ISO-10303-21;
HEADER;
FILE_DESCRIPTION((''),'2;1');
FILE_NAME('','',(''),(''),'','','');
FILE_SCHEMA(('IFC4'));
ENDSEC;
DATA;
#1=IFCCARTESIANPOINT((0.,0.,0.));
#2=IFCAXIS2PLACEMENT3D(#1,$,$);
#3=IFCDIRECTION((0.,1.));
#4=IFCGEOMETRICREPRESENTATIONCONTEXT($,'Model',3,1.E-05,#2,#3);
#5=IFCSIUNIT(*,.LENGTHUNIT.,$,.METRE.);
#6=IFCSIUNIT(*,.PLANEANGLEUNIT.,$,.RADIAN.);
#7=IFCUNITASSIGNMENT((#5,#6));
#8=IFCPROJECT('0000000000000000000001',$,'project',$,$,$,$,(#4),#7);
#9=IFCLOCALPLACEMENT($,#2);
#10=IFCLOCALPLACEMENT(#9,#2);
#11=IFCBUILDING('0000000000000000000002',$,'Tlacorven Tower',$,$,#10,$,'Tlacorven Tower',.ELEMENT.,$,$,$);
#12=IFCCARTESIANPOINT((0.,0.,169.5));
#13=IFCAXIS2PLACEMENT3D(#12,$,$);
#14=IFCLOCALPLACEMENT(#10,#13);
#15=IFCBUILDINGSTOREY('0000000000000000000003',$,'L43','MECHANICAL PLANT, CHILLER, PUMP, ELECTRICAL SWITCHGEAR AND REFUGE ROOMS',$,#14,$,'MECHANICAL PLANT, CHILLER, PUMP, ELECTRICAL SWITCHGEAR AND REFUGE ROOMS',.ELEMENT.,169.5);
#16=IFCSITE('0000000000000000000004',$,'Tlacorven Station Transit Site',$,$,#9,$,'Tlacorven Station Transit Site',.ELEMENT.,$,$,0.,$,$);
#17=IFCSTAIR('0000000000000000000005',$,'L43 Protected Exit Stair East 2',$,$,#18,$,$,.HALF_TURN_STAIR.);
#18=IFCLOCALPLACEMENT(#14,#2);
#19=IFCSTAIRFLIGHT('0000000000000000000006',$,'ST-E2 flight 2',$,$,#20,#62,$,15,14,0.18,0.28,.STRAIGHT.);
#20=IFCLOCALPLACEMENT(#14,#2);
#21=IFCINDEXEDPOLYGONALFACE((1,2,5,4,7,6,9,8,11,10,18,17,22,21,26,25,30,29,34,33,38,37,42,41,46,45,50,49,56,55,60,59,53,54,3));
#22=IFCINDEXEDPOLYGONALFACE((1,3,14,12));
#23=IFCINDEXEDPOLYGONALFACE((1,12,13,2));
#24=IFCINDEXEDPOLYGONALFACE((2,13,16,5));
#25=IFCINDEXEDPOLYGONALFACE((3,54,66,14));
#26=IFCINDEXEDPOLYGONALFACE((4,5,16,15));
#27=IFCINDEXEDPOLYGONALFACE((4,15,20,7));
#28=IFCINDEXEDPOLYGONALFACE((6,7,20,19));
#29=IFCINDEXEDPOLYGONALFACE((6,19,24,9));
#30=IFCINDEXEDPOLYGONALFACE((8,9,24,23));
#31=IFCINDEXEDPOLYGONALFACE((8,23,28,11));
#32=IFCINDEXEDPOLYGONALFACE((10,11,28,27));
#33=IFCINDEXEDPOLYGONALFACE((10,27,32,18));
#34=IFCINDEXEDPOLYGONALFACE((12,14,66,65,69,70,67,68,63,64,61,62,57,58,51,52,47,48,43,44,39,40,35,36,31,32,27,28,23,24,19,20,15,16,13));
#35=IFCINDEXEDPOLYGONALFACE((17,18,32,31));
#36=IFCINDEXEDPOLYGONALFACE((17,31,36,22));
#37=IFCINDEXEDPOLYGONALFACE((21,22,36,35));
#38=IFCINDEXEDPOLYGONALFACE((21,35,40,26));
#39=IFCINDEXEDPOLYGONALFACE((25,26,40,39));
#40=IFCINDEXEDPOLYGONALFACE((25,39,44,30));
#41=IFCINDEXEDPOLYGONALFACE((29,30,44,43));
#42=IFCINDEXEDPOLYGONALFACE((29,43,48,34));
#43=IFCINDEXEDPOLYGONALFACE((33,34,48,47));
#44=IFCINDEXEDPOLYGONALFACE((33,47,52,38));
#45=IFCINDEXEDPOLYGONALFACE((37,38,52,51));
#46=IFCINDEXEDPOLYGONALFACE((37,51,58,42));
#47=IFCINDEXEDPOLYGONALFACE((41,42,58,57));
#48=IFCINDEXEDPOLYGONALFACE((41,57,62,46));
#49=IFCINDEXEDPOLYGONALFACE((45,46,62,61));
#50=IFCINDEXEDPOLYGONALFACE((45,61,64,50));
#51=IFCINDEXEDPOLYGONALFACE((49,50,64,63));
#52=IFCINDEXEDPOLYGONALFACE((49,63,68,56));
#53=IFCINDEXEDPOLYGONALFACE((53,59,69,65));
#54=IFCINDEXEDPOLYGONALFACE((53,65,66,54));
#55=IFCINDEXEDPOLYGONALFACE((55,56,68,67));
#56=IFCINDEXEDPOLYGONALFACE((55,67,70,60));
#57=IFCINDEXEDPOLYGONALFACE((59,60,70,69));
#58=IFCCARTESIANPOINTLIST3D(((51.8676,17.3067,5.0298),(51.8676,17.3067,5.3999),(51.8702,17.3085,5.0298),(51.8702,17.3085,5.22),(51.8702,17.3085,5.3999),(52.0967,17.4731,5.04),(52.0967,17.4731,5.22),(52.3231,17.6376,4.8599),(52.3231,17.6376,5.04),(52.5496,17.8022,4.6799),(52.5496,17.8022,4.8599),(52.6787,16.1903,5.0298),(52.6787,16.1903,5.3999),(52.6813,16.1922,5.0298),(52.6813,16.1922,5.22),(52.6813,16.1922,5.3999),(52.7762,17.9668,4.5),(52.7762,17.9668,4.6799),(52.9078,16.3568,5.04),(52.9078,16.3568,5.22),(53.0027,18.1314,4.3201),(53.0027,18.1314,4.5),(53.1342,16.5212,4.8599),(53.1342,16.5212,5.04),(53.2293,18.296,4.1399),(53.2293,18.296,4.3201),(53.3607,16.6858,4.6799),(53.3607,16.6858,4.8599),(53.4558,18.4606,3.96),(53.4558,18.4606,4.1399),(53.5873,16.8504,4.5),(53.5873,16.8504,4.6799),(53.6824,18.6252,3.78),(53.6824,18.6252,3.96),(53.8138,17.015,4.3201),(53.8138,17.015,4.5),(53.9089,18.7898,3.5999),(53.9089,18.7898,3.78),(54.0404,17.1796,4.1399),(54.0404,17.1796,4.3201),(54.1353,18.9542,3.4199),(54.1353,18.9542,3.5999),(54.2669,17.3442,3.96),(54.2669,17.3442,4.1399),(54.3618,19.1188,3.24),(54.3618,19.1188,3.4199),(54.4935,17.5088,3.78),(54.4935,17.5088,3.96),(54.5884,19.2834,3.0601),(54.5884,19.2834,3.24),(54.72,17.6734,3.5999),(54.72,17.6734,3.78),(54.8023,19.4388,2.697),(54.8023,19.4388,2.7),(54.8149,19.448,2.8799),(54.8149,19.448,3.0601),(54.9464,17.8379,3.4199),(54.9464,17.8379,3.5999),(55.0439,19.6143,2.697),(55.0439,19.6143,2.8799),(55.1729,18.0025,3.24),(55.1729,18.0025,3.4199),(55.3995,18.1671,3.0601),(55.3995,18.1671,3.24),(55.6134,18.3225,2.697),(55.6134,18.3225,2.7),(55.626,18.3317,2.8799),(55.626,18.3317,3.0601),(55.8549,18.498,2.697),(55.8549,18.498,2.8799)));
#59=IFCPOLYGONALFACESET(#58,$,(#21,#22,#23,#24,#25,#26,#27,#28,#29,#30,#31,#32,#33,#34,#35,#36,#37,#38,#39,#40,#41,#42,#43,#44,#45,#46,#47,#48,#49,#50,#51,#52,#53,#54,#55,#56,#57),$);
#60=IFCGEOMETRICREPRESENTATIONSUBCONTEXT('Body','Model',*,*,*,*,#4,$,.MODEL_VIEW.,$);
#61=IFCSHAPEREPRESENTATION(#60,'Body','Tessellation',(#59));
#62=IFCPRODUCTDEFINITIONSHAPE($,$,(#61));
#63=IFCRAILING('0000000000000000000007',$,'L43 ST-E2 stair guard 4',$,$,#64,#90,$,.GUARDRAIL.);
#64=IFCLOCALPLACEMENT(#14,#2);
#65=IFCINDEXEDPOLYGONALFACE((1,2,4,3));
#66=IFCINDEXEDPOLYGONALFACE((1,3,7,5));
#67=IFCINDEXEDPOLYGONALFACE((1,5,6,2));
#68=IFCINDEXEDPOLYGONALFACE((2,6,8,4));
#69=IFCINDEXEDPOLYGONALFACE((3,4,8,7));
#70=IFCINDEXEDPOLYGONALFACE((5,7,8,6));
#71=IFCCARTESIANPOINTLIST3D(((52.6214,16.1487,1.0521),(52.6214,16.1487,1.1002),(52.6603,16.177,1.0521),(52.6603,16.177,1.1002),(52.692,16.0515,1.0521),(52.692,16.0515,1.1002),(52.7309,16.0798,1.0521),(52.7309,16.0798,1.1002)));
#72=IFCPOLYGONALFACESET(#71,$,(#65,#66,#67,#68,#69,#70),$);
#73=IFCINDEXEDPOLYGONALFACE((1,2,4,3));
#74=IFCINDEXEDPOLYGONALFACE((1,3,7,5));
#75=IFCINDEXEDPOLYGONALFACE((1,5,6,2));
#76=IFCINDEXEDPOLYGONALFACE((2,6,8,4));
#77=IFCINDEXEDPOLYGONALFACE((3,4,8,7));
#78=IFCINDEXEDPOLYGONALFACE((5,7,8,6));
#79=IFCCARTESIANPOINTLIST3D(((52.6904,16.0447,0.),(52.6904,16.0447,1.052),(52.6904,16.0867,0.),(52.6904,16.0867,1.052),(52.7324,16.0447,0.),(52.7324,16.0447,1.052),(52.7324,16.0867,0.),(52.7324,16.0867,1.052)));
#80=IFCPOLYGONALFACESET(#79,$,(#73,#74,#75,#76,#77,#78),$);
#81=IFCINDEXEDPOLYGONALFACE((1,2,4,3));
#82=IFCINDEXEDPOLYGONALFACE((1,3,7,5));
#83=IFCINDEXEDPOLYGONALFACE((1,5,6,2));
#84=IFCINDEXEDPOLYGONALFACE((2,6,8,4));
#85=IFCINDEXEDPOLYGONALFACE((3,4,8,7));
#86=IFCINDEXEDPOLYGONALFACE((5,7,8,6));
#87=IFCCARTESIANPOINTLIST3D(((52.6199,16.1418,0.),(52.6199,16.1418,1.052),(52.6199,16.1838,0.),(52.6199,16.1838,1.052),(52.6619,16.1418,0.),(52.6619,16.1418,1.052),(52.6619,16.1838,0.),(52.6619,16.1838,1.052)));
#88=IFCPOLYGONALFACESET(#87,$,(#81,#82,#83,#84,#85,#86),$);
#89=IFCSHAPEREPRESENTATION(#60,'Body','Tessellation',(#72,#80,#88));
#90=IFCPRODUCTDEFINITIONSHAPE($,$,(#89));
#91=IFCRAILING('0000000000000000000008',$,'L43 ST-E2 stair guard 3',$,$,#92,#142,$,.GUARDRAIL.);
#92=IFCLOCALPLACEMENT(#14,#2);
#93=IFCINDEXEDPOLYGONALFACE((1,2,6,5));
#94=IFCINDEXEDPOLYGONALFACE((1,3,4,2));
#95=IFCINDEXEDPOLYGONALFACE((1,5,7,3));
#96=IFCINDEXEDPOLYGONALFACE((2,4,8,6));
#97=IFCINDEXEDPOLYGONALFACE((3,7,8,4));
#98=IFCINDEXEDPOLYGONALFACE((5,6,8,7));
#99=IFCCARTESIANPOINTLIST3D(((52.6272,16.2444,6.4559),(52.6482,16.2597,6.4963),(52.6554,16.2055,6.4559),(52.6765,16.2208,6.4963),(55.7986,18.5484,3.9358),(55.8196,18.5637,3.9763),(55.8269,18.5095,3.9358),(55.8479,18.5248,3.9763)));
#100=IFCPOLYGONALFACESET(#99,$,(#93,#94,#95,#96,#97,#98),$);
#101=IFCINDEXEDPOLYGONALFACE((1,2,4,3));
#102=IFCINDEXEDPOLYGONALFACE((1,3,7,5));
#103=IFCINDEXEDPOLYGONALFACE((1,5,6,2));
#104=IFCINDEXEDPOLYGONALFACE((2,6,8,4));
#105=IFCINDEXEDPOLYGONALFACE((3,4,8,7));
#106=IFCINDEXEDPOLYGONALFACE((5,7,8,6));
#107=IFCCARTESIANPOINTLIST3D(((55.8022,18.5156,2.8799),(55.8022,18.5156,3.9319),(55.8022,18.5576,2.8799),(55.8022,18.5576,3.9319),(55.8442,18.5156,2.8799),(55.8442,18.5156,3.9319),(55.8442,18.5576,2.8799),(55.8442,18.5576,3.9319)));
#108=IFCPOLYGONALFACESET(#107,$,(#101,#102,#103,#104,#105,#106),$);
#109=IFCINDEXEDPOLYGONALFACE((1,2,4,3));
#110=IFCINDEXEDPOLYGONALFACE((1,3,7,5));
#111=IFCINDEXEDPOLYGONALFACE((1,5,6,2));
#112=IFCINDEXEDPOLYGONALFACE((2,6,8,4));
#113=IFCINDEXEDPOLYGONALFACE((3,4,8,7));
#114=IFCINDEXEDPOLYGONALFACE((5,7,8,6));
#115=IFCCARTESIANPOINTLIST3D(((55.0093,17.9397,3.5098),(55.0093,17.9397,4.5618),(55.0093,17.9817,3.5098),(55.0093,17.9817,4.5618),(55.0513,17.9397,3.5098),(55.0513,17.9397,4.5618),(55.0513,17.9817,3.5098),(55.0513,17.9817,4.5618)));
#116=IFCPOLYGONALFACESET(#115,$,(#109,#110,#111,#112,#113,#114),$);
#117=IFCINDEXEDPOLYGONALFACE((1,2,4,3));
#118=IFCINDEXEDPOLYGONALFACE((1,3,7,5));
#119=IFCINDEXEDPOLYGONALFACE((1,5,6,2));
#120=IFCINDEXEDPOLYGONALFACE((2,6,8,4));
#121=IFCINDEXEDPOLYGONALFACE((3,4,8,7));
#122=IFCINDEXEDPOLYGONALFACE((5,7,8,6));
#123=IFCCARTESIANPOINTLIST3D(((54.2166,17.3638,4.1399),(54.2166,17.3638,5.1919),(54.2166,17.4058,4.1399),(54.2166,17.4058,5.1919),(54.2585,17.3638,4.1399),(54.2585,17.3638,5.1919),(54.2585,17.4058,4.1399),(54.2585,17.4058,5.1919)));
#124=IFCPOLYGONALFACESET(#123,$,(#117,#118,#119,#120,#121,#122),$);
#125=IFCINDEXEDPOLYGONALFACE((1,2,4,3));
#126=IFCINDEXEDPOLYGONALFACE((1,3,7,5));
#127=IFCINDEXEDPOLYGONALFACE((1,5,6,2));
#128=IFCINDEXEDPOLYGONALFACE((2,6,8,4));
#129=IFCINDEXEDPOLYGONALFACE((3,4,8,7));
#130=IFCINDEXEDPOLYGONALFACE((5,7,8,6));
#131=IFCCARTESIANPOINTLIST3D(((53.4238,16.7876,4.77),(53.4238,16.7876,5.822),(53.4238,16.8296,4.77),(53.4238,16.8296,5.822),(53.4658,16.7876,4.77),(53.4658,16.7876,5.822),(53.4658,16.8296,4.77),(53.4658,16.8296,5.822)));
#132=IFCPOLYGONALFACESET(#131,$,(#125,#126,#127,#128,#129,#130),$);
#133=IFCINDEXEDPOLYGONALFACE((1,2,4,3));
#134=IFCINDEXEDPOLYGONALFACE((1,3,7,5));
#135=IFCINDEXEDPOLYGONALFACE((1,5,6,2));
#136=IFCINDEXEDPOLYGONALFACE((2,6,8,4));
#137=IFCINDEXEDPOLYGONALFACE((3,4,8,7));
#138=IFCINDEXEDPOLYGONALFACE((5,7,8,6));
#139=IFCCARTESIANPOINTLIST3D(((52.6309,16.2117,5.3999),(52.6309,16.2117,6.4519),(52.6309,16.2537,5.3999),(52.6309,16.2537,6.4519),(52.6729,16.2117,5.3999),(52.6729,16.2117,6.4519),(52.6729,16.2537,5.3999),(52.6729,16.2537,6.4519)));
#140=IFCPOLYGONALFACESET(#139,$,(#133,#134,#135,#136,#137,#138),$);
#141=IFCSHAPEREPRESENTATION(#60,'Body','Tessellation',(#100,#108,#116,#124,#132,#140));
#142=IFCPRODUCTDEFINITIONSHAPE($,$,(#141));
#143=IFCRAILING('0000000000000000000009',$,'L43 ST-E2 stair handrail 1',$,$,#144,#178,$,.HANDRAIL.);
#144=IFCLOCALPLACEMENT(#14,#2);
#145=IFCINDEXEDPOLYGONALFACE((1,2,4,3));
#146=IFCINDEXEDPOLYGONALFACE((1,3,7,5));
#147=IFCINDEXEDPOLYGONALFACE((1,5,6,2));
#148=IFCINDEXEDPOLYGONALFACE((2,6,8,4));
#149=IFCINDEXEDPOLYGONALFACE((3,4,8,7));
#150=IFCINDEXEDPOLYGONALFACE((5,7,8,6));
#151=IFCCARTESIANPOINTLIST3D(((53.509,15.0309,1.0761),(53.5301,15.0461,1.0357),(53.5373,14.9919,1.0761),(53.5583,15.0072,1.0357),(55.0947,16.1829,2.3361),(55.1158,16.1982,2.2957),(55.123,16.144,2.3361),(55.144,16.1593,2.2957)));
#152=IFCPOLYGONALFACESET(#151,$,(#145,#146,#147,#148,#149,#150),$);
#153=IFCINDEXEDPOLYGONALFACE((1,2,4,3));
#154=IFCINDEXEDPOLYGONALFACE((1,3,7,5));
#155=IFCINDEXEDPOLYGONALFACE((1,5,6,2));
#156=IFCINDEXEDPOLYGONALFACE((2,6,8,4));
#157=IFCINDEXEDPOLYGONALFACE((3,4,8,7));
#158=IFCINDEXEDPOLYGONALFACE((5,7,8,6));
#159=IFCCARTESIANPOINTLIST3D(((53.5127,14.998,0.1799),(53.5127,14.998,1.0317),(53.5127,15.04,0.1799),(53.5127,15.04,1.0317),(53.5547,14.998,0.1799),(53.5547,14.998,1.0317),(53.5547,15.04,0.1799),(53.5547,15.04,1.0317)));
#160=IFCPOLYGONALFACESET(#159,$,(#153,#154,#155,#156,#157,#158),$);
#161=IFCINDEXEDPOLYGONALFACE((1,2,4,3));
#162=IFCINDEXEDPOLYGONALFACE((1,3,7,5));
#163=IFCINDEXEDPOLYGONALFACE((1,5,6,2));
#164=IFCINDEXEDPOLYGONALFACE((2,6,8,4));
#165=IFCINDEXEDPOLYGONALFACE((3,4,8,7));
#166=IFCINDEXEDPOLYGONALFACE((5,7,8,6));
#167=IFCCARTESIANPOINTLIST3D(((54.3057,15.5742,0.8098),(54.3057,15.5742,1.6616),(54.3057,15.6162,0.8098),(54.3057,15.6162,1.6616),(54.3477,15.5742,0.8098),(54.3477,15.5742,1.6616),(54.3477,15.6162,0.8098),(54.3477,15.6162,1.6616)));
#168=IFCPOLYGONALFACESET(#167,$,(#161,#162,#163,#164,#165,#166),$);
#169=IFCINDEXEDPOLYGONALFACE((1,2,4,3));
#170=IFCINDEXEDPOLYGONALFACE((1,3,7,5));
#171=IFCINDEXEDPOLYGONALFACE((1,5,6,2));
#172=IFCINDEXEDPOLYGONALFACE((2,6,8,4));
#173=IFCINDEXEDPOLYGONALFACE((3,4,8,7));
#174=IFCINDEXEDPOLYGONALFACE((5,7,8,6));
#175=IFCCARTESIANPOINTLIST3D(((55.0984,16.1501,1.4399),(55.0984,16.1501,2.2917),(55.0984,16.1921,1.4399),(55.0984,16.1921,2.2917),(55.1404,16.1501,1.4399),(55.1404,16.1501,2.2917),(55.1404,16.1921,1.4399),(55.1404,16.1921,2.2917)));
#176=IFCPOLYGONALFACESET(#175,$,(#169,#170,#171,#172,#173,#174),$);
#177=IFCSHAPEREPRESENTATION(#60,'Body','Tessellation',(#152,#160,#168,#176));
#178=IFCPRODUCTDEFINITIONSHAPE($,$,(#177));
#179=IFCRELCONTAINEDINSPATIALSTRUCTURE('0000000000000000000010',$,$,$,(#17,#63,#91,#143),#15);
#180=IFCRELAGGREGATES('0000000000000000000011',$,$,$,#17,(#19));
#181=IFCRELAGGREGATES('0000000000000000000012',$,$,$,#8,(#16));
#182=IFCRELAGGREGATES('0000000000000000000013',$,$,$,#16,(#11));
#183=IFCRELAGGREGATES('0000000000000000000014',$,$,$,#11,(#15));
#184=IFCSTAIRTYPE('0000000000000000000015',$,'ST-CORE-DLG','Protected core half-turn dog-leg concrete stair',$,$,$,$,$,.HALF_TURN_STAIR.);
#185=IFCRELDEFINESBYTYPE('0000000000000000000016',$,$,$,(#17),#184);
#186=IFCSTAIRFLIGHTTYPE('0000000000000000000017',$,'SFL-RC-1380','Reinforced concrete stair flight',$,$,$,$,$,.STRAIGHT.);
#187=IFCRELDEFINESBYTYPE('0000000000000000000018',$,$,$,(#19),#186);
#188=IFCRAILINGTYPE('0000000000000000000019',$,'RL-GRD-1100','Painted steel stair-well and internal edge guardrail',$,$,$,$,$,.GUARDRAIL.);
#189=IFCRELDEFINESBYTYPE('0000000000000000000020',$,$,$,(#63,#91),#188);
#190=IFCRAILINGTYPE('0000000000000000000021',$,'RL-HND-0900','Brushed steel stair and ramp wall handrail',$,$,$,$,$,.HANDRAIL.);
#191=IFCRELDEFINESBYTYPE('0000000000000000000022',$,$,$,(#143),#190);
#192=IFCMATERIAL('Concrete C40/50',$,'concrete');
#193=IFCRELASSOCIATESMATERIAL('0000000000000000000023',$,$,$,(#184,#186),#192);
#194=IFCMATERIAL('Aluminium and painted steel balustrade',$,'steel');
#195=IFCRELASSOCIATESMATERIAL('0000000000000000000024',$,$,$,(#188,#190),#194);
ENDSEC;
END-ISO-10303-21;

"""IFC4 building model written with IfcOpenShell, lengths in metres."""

from ifc_helpers import new_model, si_unit, direction, frame, origin, origin_2d, place, context, subcontext, project, spatial, polyline, rectangle, outline, extrude, source, transform, mapped, material, type_object, element, aggregate, save


model = new_model("IFC4")

# Units and contexts
model_context = context("Model", 3, precision=1e-05, world=origin(), true_north=direction((0.0, 1.0)))
body_context = subcontext(model_context, "Body", "Model", "MODEL_VIEW")
ifc_project = project(units=[si_unit("LENGTHUNIT", "METRE"), si_unit("PLANEANGLEUNIT", "RADIAN")], contexts=[model_context])

# Site, building, storey
site_placement = place(None, origin())
site = spatial("IfcSite", under=ifc_project, at=site_placement, Name="Tlacorven Station Transit Site", LongName="Tlacorven Station Transit Site", CompositionType="ELEMENT", RefElevation=0.0)
building_placement = place(site_placement, origin())
building = spatial("IfcBuilding", under=site, at=building_placement, Name="Tlacorven Tower", LongName="Tlacorven Tower", CompositionType="ELEMENT")
storey_placement = place(building_placement, frame((0.0, 0.0, 169.5)))
storey = spatial("IfcBuildingStorey", under=building, at=storey_placement, Name="L43", Description="MECHANICAL PLANT, CHILLER, PUMP, ELECTRICAL SWITCHGEAR AND REFUGE ROOMS", LongName="MECHANICAL PLANT, CHILLER, PUMP, ELECTRICAL SWITCHGEAR AND REFUGE ROOMS", CompositionType="ELEMENT", Elevation=169.5)

# Stair, stair flight
ifc_material_1 = material(Name="Concrete C40/50", Category="concrete")
stair_type = type_object("IfcStairType", Name="ST-CORE-DLG", Description="Protected core half-turn dog-leg concrete stair", PredefinedType="HALF_TURN_STAIR", material=ifc_material_1)
stair_placement = place(storey_placement, origin())
stair = element("IfcStair", 1, at=stair_placement, inside=storey, type_object=stair_type, Name="L43 Protected Exit Stair East 2", PredefinedType="HALF_TURN_STAIR")
stair_flight_type = type_object("IfcStairFlightType", Name="SFL-RC-1380", Description="Reinforced concrete stair flight", PredefinedType="STRAIGHT", material=ifc_material_1)
shared_shape_1 = source(origin(), body_context, "Body", "SweptSolid", [
    extrude(outline(polyline([(-0.0029, -0.0029), (-0.0029, 0.1799), (0.28, 0.1799), (0.28, 0.3601), (0.5601, 0.3601), (0.5601, 0.54), (0.8401, 0.54), (0.8401, 0.72), (1.1201, 0.72), (1.1201, 0.8999), (1.3999, 0.8999), (1.3999, 1.0801), (1.6799, 1.0801), (1.6799, 1.26), (1.96, 1.26), (1.96, 1.4399), (2.24, 1.4399), (2.24, 1.6201), (2.52, 1.6201), (2.52, 1.8), (2.8, 1.8), (2.8, 1.98), (3.0801, 1.98), (3.0801, 2.1599), (3.3601, 2.1599), (3.3601, 2.3401), (3.6399, 2.3401), (3.6399, 2.52), (3.9199, 2.52), (3.9199, 2.7), (3.9231, 2.7), (3.9231, 2.3298), (3.9199, 2.3298), (0.2957, 0.0), (0.2957, -0.0029), (-0.0029, -0.0029)])), frame((0.0, 0.6899, 0.0), z_axis=(0.0, -1.0, 0.0), x_axis=(1.0, 0.0, 0.0)), (0.0, 0.0, 1.0), 1.3799),
])
stair_flight_1_placement = place(storey_placement, frame((55.447, 19.0544, 2.7), z_axis=(0.0, 0.0, 1.0), x_axis=(-0.809017, -0.587785, 0.0)))
stair_flight_1 = element("IfcStairFlight", 2, at=stair_flight_1_placement, type_object=stair_flight_type, Name="ST-E2 flight 2", NumberOfRisers=15, NumberOfTreads=14, PredefinedType="STRAIGHT", RiserHeight=0.18, TreadLength=0.28, context=body_context, shape_type="MappedRepresentation", body=[
    mapped(shared_shape_1, transform((0.0, 0.0, 0.0), scale=1.0)),
])
aggregate(stair, [stair_flight_1])

# Railings
ifc_material_2 = material(Name="Aluminium and painted steel balustrade", Category="steel")
railing_type_1 = type_object("IfcRailingType", Name="RL-GRD-1100", Description="Painted steel stair-well and internal edge guardrail", PredefinedType="GUARDRAIL", material=ifc_material_2)
shared_shape_2 = source(origin(), body_context, "Body", "SweptSolid", [
    extrude(rectangle(XDim=0.0481, YDim=0.0481, at=origin_2d()), frame((0.0, 0.0, 1.0762), z_axis=(-0.587567, 0.809175, 0.0), x_axis=(-0.809175, -0.587567, 0.0)), (0.0, 0.0, 1.0), 0.1201),
    extrude(rectangle(XDim=0.042, YDim=0.042, at=origin_2d()), origin(), (0.0, 0.0, 1.0), 1.052),
    extrude(rectangle(XDim=0.042, YDim=0.042, at=origin_2d()), frame((-0.0706, 0.0972, 0.0)), (0.0, 0.0, 1.0), 1.052),
])
railing_1_placement = place(storey_placement, frame((52.7114, 16.0657, 0.0)))
element("IfcRailing", 3, at=railing_1_placement, inside=storey, type_object=railing_type_1, Name="L43 ST-E2 stair guard 4", PredefinedType="GUARDRAIL", context=body_context, shape_type="MappedRepresentation", body=[
    mapped(shared_shape_2, transform((0.0, 0.0, 0.0), scale=1.0)),
])
shared_shape_3 = source(origin(), body_context, "Body", "SweptSolid", [
    extrude(rectangle(XDim=0.0481, YDim=0.0481, at=origin_2d()), frame((0.0, 0.0, 1.0762), z_axis=(-0.680543, -0.494402, 0.540767), x_axis=(0.587753, -0.80904, 0.0)), (0.0, 0.0, 1.0), 4.6602),
    extrude(rectangle(XDim=0.042, YDim=0.042, at=origin_2d()), origin(), (0.0, 0.0, 1.0), 1.052),
    extrude(rectangle(XDim=0.042, YDim=0.042, at=origin_2d()), frame((-0.793, -0.5759, 0.6299)), (0.0, 0.0, 1.0), 1.052),
    extrude(rectangle(XDim=0.042, YDim=0.042, at=origin_2d()), frame((-1.5857, -1.1519, 1.26)), (0.0, 0.0, 1.0), 1.052),
    extrude(rectangle(XDim=0.042, YDim=0.042, at=origin_2d()), frame((-2.3784, -1.728, 1.8901)), (0.0, 0.0, 1.0), 1.052),
    extrude(rectangle(XDim=0.042, YDim=0.042, at=origin_2d()), frame((-3.1714, -2.304, 2.52)), (0.0, 0.0, 1.0), 1.052),
])
railing_2_placement = place(storey_placement, frame((55.8232, 18.5366, 2.8799)))
element("IfcRailing", 4, at=railing_2_placement, inside=storey, type_object=railing_type_1, Name="L43 ST-E2 stair guard 3", PredefinedType="GUARDRAIL", context=body_context, shape_type="MappedRepresentation", body=[
    mapped(shared_shape_3, transform((0.0, 0.0, 0.0), scale=1.0)),
])
railing_type_2 = type_object("IfcRailingType", Name="RL-HND-0900", Description="Brushed steel stair and ramp wall handrail", PredefinedType="HANDRAIL", material=ifc_material_2)
shared_shape_4 = source(origin(), body_context, "Body", "SweptSolid", [
    extrude(rectangle(XDim=0.0481, YDim=0.0481, at=origin_2d()), frame((0.0, 0.0, 0.876), z_axis=(0.680525, 0.494441, 0.540753), x_axis=(-0.587794, 0.809011, 0.0)), (0.0, 0.0, 1.0), 2.3301),
    extrude(rectangle(XDim=0.042, YDim=0.042, at=origin_2d()), origin(), (0.0, 0.0, 1.0), 0.8518),
    extrude(rectangle(XDim=0.042, YDim=0.042, at=origin_2d()), frame((0.793, 0.5762, 0.6299)), (0.0, 0.0, 1.0), 0.8518),
    extrude(rectangle(XDim=0.042, YDim=0.042, at=origin_2d()), frame((1.5857, 1.1521, 1.26)), (0.0, 0.0, 1.0), 0.8518),
])
railing_3_placement = place(storey_placement, frame((53.5337, 15.019, 0.1799)))
element("IfcRailing", 5, at=railing_3_placement, inside=storey, type_object=railing_type_2, Name="L43 ST-E2 stair handrail 1", PredefinedType="HANDRAIL", context=body_context, shape_type="MappedRepresentation", body=[
    mapped(shared_shape_4, transform((0.0, 0.0, 0.0), scale=1.0)),
])

save(model, "model.ifc")
